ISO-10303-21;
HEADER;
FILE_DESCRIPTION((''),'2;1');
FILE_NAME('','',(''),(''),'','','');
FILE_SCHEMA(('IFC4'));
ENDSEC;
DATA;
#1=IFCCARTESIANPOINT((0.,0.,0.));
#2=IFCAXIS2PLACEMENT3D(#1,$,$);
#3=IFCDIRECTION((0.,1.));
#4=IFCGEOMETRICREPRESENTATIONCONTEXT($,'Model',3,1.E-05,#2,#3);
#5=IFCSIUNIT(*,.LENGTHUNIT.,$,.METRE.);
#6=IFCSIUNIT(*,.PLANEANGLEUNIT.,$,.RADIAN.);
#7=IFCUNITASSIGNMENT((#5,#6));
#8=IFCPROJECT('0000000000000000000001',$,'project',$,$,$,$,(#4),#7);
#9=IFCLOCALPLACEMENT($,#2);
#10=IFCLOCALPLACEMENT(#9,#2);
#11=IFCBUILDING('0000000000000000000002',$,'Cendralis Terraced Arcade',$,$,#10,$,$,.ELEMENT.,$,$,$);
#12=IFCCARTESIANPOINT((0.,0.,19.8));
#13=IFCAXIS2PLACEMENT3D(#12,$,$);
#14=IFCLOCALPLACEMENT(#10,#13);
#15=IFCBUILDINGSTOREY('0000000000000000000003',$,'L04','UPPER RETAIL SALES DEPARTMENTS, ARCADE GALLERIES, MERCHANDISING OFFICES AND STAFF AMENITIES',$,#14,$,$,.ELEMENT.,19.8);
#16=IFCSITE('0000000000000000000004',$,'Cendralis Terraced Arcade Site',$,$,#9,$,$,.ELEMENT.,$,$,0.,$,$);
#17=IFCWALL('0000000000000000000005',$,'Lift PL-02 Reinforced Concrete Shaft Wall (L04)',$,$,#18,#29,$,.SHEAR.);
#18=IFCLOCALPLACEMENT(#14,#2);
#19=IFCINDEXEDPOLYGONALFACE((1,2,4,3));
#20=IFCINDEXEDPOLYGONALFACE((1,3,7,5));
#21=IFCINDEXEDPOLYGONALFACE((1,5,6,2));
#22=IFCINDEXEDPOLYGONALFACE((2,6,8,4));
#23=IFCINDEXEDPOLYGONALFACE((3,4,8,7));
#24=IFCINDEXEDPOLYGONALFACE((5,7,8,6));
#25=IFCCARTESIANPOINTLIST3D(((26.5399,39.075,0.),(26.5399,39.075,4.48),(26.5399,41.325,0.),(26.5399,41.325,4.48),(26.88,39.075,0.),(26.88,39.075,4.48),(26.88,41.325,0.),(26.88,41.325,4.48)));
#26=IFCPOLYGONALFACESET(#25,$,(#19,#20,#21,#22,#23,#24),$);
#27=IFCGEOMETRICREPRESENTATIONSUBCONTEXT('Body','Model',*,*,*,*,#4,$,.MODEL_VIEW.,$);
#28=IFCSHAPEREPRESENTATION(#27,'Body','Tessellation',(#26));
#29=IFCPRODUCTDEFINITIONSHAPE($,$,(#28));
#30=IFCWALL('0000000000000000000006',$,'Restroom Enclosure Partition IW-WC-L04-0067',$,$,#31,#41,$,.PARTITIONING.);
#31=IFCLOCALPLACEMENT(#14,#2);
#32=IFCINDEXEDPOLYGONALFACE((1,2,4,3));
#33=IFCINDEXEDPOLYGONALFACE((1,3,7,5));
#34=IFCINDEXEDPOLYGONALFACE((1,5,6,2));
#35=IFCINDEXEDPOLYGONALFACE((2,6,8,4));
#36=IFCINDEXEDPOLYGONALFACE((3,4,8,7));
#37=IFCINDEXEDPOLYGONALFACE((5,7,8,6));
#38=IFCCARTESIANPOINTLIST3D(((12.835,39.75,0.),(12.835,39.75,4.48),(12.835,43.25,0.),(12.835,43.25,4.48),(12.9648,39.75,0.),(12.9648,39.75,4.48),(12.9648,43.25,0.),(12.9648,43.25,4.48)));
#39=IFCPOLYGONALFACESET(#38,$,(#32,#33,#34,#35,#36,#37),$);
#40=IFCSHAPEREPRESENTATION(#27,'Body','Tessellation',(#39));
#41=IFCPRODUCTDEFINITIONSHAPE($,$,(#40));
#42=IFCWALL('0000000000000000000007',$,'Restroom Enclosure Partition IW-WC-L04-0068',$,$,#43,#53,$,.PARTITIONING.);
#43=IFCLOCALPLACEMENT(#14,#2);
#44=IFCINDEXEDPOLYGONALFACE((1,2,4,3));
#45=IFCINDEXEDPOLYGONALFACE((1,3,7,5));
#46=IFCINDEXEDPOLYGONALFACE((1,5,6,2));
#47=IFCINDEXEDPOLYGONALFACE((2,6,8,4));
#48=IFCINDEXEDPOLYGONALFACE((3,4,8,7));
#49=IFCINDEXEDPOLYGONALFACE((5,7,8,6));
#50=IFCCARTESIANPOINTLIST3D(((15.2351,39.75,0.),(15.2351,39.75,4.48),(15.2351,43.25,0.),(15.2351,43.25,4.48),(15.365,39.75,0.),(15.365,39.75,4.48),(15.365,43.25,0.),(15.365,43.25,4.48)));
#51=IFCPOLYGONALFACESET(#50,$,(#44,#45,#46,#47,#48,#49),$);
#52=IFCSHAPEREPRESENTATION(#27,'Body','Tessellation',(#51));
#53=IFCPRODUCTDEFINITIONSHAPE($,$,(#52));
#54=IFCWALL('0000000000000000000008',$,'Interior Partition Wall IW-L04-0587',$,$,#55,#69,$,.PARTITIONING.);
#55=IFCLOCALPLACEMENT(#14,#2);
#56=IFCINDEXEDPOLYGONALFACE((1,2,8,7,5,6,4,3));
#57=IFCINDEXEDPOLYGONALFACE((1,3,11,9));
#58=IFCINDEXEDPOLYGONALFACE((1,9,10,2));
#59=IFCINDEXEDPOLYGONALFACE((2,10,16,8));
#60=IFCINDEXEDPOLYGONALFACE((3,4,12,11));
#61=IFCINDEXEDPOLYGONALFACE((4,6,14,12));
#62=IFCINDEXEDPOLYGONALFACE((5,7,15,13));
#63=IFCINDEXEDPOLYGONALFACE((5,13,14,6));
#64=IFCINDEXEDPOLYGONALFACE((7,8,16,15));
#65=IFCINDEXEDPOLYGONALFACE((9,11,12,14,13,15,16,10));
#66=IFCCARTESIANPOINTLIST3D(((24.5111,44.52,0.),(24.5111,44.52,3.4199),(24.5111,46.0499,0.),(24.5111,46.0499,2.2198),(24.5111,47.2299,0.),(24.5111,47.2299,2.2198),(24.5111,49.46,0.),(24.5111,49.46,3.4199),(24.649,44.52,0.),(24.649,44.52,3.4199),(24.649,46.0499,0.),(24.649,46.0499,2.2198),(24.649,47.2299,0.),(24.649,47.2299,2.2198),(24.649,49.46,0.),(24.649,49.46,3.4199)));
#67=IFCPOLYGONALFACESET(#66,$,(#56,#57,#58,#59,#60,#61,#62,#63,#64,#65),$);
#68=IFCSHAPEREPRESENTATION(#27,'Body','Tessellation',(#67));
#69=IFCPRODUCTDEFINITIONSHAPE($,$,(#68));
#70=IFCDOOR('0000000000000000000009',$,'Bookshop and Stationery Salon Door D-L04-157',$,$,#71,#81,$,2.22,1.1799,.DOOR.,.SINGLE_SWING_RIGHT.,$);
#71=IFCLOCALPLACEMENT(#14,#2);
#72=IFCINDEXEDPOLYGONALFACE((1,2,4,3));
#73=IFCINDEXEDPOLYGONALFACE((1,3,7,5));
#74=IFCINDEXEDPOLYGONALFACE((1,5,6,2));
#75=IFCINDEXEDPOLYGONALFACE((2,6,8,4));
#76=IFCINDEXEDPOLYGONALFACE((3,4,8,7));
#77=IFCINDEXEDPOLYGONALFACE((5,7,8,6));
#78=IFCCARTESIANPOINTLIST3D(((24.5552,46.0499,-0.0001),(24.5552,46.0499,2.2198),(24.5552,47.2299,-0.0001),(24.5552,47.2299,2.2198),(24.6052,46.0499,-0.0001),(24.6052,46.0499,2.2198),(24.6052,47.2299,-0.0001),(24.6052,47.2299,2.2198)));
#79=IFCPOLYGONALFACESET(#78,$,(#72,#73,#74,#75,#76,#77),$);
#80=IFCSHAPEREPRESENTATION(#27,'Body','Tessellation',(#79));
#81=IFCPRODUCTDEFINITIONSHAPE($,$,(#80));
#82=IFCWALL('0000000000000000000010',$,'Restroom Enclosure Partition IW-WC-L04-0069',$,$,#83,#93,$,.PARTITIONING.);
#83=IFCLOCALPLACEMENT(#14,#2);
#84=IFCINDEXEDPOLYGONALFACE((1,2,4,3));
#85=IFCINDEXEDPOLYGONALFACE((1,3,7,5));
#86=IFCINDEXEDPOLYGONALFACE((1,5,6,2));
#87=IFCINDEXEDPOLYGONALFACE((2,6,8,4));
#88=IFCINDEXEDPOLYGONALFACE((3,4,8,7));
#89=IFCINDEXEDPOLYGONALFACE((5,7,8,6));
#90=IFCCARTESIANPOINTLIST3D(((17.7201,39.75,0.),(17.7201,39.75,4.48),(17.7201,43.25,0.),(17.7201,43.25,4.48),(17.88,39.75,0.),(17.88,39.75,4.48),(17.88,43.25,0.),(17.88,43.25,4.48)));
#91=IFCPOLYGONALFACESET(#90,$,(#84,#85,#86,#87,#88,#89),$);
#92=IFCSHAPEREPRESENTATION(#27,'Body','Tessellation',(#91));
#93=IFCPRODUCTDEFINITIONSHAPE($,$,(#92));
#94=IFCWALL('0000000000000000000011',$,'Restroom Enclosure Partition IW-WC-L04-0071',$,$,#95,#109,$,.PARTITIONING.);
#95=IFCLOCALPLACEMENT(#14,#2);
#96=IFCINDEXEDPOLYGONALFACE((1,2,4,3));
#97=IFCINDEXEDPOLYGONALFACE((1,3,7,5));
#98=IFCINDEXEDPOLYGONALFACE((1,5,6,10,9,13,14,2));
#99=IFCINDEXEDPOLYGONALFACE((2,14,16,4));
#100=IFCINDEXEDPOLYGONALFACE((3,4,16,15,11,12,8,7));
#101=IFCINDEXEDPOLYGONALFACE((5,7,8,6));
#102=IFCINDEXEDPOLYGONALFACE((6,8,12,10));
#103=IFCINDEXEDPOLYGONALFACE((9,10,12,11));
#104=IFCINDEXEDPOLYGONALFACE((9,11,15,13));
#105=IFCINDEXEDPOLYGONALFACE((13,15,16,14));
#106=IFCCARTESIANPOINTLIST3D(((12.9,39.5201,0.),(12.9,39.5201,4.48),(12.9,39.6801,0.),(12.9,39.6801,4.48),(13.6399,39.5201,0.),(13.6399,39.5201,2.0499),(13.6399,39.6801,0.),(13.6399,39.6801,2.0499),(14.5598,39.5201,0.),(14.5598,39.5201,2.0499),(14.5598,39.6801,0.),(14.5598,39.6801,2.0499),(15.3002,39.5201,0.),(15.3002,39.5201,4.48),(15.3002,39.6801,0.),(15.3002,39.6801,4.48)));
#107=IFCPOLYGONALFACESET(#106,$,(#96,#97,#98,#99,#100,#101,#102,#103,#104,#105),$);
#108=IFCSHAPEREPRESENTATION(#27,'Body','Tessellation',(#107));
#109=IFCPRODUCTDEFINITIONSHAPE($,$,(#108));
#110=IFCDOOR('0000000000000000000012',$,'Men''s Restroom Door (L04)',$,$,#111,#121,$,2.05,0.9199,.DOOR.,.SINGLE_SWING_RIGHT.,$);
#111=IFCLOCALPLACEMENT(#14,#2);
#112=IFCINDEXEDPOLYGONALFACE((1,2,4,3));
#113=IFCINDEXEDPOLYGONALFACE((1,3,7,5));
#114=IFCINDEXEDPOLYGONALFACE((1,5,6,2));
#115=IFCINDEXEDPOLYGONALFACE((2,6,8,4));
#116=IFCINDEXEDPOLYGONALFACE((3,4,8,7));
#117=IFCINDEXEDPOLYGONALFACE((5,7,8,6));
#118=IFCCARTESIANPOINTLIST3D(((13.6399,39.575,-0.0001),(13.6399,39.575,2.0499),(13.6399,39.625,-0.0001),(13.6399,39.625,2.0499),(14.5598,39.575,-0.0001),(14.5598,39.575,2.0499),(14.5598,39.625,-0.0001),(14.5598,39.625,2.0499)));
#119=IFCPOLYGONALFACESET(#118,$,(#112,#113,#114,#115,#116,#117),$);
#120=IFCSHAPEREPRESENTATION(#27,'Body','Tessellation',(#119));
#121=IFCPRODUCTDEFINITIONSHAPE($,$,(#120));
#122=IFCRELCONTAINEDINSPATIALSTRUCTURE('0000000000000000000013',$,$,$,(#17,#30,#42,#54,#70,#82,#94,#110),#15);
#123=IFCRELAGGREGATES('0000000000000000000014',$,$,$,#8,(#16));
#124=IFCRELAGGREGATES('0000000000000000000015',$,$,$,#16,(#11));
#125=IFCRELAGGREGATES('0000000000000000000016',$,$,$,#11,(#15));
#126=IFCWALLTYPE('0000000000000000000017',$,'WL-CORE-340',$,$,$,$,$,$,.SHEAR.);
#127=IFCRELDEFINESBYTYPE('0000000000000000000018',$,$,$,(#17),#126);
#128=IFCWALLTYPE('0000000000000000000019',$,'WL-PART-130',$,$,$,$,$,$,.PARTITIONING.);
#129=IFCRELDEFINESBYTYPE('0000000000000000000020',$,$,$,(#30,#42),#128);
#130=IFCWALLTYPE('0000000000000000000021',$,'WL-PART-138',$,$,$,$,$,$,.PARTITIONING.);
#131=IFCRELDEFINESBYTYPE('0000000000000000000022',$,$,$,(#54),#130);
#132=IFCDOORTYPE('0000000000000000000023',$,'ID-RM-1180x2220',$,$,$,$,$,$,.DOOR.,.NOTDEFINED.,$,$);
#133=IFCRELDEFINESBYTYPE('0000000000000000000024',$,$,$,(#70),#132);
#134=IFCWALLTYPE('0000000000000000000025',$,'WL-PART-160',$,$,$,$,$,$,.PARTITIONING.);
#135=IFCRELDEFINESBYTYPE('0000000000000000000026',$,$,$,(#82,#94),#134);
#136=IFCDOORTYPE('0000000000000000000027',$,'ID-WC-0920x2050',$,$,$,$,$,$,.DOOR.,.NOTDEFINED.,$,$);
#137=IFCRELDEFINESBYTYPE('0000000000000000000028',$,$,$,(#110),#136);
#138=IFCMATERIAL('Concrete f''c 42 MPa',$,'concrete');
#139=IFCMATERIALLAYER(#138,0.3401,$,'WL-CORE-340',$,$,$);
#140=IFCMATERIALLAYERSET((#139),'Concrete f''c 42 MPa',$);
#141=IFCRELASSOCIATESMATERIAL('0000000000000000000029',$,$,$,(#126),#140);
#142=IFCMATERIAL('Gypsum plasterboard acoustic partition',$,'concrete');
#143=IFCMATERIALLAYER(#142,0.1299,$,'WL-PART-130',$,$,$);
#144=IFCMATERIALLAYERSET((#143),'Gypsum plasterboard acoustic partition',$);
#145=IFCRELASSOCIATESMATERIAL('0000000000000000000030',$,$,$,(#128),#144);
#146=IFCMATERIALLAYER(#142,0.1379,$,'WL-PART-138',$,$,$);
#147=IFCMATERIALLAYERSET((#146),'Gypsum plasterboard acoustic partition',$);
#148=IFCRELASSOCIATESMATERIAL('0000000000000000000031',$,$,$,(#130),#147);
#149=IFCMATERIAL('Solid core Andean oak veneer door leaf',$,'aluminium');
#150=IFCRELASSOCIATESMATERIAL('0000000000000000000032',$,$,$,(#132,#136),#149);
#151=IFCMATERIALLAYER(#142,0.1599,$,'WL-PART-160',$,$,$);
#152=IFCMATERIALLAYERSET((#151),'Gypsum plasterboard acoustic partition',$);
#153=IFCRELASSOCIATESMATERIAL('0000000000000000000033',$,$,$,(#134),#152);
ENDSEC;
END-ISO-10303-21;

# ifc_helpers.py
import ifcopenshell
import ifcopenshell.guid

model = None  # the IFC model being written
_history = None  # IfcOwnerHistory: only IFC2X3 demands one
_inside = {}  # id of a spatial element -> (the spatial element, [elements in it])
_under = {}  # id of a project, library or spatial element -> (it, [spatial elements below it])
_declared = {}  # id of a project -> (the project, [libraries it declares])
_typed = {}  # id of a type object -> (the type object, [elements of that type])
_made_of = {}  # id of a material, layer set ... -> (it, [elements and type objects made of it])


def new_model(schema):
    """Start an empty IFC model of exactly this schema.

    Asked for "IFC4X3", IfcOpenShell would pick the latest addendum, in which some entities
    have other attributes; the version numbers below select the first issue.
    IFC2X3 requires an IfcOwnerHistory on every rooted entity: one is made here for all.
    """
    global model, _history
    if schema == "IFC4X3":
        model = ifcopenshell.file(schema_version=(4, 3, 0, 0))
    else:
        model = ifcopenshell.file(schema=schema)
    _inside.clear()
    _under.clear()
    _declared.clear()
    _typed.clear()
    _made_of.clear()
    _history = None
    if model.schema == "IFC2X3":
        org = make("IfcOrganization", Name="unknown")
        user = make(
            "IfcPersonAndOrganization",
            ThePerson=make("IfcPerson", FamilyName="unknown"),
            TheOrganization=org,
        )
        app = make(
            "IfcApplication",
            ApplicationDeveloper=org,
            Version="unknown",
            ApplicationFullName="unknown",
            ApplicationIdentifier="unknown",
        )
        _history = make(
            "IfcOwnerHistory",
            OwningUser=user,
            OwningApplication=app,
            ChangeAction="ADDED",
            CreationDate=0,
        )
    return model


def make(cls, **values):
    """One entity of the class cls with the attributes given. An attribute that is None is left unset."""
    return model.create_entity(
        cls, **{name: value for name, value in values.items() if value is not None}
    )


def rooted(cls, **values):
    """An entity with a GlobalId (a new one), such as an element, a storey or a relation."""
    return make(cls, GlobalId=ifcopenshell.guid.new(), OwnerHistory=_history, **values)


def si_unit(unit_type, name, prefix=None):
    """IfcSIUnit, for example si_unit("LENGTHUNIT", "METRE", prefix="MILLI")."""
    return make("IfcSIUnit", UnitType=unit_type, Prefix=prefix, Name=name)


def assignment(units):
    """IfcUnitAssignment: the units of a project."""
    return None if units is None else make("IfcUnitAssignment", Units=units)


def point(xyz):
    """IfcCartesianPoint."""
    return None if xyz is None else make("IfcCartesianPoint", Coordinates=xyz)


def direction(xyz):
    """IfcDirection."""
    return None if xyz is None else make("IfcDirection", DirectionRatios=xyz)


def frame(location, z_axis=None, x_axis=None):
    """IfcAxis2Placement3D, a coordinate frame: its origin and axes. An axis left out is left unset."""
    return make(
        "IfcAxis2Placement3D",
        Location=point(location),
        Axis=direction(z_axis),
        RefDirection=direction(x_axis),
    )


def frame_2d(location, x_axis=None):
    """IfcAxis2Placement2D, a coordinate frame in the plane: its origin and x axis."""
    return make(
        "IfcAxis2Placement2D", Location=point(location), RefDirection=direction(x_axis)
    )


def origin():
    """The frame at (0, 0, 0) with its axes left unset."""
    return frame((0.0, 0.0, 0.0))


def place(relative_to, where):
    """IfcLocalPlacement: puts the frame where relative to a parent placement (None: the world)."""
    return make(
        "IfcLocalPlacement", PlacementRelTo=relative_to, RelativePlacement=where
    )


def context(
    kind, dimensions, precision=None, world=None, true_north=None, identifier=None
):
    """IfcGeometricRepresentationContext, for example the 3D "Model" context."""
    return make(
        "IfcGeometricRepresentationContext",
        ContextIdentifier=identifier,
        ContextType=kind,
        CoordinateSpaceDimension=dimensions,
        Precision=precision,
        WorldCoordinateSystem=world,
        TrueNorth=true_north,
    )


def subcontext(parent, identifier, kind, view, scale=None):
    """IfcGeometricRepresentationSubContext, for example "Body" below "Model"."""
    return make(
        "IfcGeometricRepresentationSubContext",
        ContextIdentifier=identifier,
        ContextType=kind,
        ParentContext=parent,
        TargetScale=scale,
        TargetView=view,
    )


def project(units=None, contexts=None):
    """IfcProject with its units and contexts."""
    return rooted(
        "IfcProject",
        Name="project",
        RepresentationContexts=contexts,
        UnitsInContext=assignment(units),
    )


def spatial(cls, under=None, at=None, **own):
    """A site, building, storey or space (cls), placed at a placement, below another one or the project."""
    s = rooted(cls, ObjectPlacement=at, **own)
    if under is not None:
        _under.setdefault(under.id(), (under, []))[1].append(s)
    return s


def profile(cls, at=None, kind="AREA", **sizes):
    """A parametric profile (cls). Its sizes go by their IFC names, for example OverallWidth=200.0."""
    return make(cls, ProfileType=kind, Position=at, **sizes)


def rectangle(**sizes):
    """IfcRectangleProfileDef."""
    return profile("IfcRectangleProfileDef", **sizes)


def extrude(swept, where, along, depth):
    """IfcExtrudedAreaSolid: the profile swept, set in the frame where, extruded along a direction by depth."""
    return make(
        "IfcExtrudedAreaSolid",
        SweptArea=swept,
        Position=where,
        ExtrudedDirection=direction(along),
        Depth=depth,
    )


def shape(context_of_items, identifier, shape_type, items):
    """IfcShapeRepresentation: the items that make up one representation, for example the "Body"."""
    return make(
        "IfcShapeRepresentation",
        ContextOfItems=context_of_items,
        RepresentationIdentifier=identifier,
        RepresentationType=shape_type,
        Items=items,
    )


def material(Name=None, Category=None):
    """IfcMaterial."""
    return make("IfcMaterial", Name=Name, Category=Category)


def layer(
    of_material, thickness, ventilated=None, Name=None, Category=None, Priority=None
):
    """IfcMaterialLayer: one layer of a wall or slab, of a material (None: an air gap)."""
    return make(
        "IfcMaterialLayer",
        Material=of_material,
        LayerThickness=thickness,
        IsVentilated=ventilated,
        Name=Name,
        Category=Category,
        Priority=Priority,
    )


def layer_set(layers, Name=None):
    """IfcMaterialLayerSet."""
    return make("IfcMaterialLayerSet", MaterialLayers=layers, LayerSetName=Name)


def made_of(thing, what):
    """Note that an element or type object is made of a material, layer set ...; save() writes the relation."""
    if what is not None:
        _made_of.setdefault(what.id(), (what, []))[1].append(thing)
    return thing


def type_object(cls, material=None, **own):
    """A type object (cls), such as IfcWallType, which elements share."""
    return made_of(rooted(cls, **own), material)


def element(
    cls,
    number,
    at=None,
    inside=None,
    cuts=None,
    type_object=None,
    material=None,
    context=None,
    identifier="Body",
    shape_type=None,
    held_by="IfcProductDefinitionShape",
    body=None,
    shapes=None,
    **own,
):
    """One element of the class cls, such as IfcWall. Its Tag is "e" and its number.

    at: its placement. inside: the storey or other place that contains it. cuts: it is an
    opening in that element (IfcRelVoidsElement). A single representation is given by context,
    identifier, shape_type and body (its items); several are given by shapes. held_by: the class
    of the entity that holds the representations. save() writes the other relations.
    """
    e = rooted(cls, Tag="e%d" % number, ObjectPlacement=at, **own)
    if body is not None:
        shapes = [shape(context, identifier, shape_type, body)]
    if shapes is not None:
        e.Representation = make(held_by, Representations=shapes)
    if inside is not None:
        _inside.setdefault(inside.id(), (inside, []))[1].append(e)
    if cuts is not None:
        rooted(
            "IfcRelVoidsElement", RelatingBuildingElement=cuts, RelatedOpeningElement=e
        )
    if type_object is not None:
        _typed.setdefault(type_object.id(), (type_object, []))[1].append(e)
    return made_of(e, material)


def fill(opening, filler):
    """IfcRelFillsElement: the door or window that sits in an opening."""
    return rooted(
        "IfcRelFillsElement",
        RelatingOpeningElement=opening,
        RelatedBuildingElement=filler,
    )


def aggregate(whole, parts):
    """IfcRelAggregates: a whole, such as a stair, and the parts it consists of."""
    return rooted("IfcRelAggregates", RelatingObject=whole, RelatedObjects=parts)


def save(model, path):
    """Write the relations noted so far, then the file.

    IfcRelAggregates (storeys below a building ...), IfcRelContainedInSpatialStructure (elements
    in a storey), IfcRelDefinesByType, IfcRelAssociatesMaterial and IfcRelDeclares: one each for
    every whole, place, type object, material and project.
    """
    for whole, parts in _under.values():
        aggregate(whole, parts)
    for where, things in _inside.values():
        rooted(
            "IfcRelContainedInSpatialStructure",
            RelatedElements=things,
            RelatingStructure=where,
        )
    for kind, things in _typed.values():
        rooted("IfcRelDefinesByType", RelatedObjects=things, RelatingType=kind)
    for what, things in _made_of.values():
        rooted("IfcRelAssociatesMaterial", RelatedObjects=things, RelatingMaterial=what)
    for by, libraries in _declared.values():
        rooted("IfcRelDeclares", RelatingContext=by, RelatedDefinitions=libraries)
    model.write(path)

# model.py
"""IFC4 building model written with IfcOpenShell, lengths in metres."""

from ifc_helpers import new_model, si_unit, direction, frame, frame_2d, origin, place, context, subcontext, project, spatial, rectangle, extrude, material, layer, layer_set, type_object, element, fill, save


model = new_model("IFC4")

# Units and contexts
model_context = context("Model", 3, precision=1e-05, world=origin(), true_north=direction((0.0, 1.0)))
body_context = subcontext(model_context, "Body", "Model", "MODEL_VIEW")
ifc_project = project(units=[si_unit("LENGTHUNIT", "METRE"), si_unit("PLANEANGLEUNIT", "RADIAN")], contexts=[model_context])

# Site, building, storey
site_placement = place(None, origin())
site = spatial("IfcSite", under=ifc_project, at=site_placement, Name="Cendralis Terraced Arcade Site", CompositionType="ELEMENT", RefElevation=0.0)
building_placement = place(site_placement, origin())
building = spatial("IfcBuilding", under=site, at=building_placement, Name="Cendralis Terraced Arcade", CompositionType="ELEMENT")
storey_placement = place(building_placement, frame((0.0, 0.0, 19.8)))
storey = spatial("IfcBuildingStorey", under=building, at=storey_placement, Name="L04", Description="UPPER RETAIL SALES DEPARTMENTS, ARCADE GALLERIES, MERCHANDISING OFFICES AND STAFF AMENITIES", CompositionType="ELEMENT", Elevation=19.8)

# Shared definitions
ifc_material_1 = material(Name="Concrete f'c 42 MPa", Category="concrete")

# Shared definitions
ifc_layer_1 = layer(ifc_material_1, 0.3401, Name="WL-CORE-340")
ifc_layer_set_1 = layer_set([ifc_layer_1], Name="Concrete f'c 42 MPa")
wall_type_1 = type_object("IfcWallType", Name="WL-CORE-340", PredefinedType="SHEAR", material=ifc_layer_set_1)

# Walls
wall_1_placement = place(storey_placement, frame((26.71, 39.075, 0.0), z_axis=(0.0, 0.0, 1.0), x_axis=(0.0, 1.0, 0.0)))
element("IfcWall", 1, at=wall_1_placement, inside=storey, type_object=wall_type_1, Name="Lift PL-02 Reinforced Concrete Shaft Wall (L04)", PredefinedType="SHEAR", context=body_context, shape_type="SweptSolid", body=[
    extrude(rectangle(XDim=2.25, YDim=0.3401, at=frame_2d((1.125, 0.0))), origin(), (0.0, 0.0, 1.0), 4.48),
])
ifc_material_2 = material(Name="Gypsum plasterboard acoustic partition", Category="concrete")
ifc_layer_2 = layer(ifc_material_2, 0.1299, Name="WL-PART-130")
ifc_layer_set_2 = layer_set([ifc_layer_2], Name="Gypsum plasterboard acoustic partition")
wall_type_2 = type_object("IfcWallType", Name="WL-PART-130", PredefinedType="PARTITIONING", material=ifc_layer_set_2)
for number, where, z_axis, x_axis, name in (
    (2, (12.8999, 39.75, 0.0), (0.0, 0.0, 1.0), (0.0, 1.0, 0.0), "Restroom Enclosure Partition IW-WC-L04-0067"),
    (3, (15.3, 39.75, 0.0), (0.0, 0.0, 1.0), (0.0, 1.0, 0.0), "Restroom Enclosure Partition IW-WC-L04-0068"),
):
    element("IfcWall", number, at=place(storey_placement, frame(where, z_axis=z_axis, x_axis=x_axis)), inside=storey, type_object=wall_type_2, Name=name, PredefinedType="PARTITIONING", context=body_context, shape_type="SweptSolid", body=[
        extrude(rectangle(XDim=3.5, YDim=0.1299, at=frame_2d((1.75, 0.0))), origin(), (0.0, 0.0, 1.0), 4.48),
    ])

# Wall, opening, door
ifc_layer_3 = layer(ifc_material_2, 0.1379, Name="WL-PART-138")
ifc_layer_set_3 = layer_set([ifc_layer_3], Name="Gypsum plasterboard acoustic partition")
wall_type_3 = type_object("IfcWallType", Name="WL-PART-138", PredefinedType="PARTITIONING", material=ifc_layer_set_3)
wall_2_placement = place(storey_placement, frame((24.5801, 44.52, 0.0), z_axis=(0.0, 0.0, 1.0), x_axis=(0.0, 1.0, 0.0)))
wall_2 = element("IfcWall", 4, at=wall_2_placement, inside=storey, type_object=wall_type_3, Name="Interior Partition Wall IW-L04-0587", PredefinedType="PARTITIONING", context=body_context, shape_type="SweptSolid", body=[
    extrude(rectangle(XDim=4.9399, YDim=0.1379, at=frame_2d((2.47, 0.0))), origin(), (0.0, 0.0, 1.0), 3.4199),
])
opening_1_placement = place(wall_2_placement, frame((1.53, 0.0, 0.0)))
opening_1 = element("IfcOpeningElement", 5, at=opening_1_placement, cuts=wall_2, PredefinedType="OPENING", context=body_context, shape_type="SweptSolid", body=[
    extrude(rectangle(XDim=1.1799, YDim=2.22, at=frame_2d((0.5898, 1.1099))), frame((0.0, 0.0811, 0.0), z_axis=(0.0, -1.0, 0.0), x_axis=(1.0, 0.0, 0.0)), (0.0, 0.0, 1.0), 0.1619),
])
ifc_material_3 = material(Name="Solid core Andean oak veneer door leaf", Category="aluminium")
door_type_1 = type_object("IfcDoorType", Name="ID-RM-1180x2220", OperationType="NOTDEFINED", PredefinedType="DOOR", material=ifc_material_3)
door_1_placement = place(opening_1_placement, origin())
door_1 = element("IfcDoor", 6, at=door_1_placement, inside=storey, type_object=door_type_1, Name="Bookshop and Stationery Salon Door D-L04-157", OperationType="SINGLE_SWING_RIGHT", OverallHeight=2.22, OverallWidth=1.1799, PredefinedType="DOOR", context=body_context, shape_type="SweptSolid", body=[
    extrude(rectangle(XDim=1.1799, YDim=2.22, at=frame_2d((0.5898, 1.1099))), frame((0.0, 0.0249, 0.0), z_axis=(0.0, -1.0, 0.0), x_axis=(1.0, 0.0, 0.0)), (0.0, 0.0, 1.0), 0.05),
])
fill(opening_1, door_1)

# Wall
ifc_layer_4 = layer(ifc_material_2, 0.1599, Name="WL-PART-160")
ifc_layer_set_4 = layer_set([ifc_layer_4], Name="Gypsum plasterboard acoustic partition")
wall_type_4 = type_object("IfcWallType", Name="WL-PART-160", PredefinedType="PARTITIONING", material=ifc_layer_set_4)
wall_3_placement = place(storey_placement, frame((17.8, 39.75, 0.0), z_axis=(0.0, 0.0, 1.0), x_axis=(0.0, 1.0, 0.0)))
element("IfcWall", 7, at=wall_3_placement, inside=storey, type_object=wall_type_4, Name="Restroom Enclosure Partition IW-WC-L04-0069", PredefinedType="PARTITIONING", context=body_context, shape_type="SweptSolid", body=[
    extrude(rectangle(XDim=3.5, YDim=0.1599, at=frame_2d((1.75, 0.0))), origin(), (0.0, 0.0, 1.0), 4.48),
])

# Wall, opening, door
wall_4_placement = place(storey_placement, frame((12.8999, 39.6001, 0.0), z_axis=(0.0, 0.0, 1.0), x_axis=(1.0, 0.0, 0.0)))
wall_4 = element("IfcWall", 8, at=wall_4_placement, inside=storey, type_object=wall_type_4, Name="Restroom Enclosure Partition IW-WC-L04-0071", PredefinedType="PARTITIONING", context=body_context, shape_type="SweptSolid", body=[
    extrude(rectangle(XDim=2.4001, YDim=0.1599, at=frame_2d((1.2002, 0.0))), origin(), (0.0, 0.0, 1.0), 4.48),
])
opening_2_placement = place(wall_4_placement, frame((0.74, 0.0, 0.0)))
opening_2 = element("IfcOpeningElement", 9, at=opening_2_placement, cuts=wall_4, PredefinedType="OPENING", context=body_context, shape_type="SweptSolid", body=[
    extrude(rectangle(XDim=0.9199, YDim=2.05, at=frame_2d((0.46, 1.0249))), frame((0.0, 0.0918, 0.0), z_axis=(0.0, -1.0, 0.0), x_axis=(1.0, 0.0, 0.0)), (0.0, 0.0, 1.0), 0.1838),
])
door_type_2 = type_object("IfcDoorType", Name="ID-WC-0920x2050", OperationType="NOTDEFINED", PredefinedType="DOOR", material=ifc_material_3)
door_2_placement = place(opening_2_placement, origin())
door_2 = element("IfcDoor", 10, at=door_2_placement, inside=storey, type_object=door_type_2, Name="Men's Restroom Door (L04)", OperationType="SINGLE_SWING_RIGHT", OverallHeight=2.05, OverallWidth=0.9199, PredefinedType="DOOR", context=body_context, shape_type="SweptSolid", body=[
    extrude(rectangle(XDim=0.9199, YDim=2.05, at=frame_2d((0.46, 1.0249))), frame((0.0, 0.0249, 0.0), z_axis=(0.0, -1.0, 0.0), x_axis=(1.0, 0.0, 0.0)), (0.0, 0.0, 1.0), 0.05),
])
fill(opening_2, door_2)

save(model, "model.ifc")
